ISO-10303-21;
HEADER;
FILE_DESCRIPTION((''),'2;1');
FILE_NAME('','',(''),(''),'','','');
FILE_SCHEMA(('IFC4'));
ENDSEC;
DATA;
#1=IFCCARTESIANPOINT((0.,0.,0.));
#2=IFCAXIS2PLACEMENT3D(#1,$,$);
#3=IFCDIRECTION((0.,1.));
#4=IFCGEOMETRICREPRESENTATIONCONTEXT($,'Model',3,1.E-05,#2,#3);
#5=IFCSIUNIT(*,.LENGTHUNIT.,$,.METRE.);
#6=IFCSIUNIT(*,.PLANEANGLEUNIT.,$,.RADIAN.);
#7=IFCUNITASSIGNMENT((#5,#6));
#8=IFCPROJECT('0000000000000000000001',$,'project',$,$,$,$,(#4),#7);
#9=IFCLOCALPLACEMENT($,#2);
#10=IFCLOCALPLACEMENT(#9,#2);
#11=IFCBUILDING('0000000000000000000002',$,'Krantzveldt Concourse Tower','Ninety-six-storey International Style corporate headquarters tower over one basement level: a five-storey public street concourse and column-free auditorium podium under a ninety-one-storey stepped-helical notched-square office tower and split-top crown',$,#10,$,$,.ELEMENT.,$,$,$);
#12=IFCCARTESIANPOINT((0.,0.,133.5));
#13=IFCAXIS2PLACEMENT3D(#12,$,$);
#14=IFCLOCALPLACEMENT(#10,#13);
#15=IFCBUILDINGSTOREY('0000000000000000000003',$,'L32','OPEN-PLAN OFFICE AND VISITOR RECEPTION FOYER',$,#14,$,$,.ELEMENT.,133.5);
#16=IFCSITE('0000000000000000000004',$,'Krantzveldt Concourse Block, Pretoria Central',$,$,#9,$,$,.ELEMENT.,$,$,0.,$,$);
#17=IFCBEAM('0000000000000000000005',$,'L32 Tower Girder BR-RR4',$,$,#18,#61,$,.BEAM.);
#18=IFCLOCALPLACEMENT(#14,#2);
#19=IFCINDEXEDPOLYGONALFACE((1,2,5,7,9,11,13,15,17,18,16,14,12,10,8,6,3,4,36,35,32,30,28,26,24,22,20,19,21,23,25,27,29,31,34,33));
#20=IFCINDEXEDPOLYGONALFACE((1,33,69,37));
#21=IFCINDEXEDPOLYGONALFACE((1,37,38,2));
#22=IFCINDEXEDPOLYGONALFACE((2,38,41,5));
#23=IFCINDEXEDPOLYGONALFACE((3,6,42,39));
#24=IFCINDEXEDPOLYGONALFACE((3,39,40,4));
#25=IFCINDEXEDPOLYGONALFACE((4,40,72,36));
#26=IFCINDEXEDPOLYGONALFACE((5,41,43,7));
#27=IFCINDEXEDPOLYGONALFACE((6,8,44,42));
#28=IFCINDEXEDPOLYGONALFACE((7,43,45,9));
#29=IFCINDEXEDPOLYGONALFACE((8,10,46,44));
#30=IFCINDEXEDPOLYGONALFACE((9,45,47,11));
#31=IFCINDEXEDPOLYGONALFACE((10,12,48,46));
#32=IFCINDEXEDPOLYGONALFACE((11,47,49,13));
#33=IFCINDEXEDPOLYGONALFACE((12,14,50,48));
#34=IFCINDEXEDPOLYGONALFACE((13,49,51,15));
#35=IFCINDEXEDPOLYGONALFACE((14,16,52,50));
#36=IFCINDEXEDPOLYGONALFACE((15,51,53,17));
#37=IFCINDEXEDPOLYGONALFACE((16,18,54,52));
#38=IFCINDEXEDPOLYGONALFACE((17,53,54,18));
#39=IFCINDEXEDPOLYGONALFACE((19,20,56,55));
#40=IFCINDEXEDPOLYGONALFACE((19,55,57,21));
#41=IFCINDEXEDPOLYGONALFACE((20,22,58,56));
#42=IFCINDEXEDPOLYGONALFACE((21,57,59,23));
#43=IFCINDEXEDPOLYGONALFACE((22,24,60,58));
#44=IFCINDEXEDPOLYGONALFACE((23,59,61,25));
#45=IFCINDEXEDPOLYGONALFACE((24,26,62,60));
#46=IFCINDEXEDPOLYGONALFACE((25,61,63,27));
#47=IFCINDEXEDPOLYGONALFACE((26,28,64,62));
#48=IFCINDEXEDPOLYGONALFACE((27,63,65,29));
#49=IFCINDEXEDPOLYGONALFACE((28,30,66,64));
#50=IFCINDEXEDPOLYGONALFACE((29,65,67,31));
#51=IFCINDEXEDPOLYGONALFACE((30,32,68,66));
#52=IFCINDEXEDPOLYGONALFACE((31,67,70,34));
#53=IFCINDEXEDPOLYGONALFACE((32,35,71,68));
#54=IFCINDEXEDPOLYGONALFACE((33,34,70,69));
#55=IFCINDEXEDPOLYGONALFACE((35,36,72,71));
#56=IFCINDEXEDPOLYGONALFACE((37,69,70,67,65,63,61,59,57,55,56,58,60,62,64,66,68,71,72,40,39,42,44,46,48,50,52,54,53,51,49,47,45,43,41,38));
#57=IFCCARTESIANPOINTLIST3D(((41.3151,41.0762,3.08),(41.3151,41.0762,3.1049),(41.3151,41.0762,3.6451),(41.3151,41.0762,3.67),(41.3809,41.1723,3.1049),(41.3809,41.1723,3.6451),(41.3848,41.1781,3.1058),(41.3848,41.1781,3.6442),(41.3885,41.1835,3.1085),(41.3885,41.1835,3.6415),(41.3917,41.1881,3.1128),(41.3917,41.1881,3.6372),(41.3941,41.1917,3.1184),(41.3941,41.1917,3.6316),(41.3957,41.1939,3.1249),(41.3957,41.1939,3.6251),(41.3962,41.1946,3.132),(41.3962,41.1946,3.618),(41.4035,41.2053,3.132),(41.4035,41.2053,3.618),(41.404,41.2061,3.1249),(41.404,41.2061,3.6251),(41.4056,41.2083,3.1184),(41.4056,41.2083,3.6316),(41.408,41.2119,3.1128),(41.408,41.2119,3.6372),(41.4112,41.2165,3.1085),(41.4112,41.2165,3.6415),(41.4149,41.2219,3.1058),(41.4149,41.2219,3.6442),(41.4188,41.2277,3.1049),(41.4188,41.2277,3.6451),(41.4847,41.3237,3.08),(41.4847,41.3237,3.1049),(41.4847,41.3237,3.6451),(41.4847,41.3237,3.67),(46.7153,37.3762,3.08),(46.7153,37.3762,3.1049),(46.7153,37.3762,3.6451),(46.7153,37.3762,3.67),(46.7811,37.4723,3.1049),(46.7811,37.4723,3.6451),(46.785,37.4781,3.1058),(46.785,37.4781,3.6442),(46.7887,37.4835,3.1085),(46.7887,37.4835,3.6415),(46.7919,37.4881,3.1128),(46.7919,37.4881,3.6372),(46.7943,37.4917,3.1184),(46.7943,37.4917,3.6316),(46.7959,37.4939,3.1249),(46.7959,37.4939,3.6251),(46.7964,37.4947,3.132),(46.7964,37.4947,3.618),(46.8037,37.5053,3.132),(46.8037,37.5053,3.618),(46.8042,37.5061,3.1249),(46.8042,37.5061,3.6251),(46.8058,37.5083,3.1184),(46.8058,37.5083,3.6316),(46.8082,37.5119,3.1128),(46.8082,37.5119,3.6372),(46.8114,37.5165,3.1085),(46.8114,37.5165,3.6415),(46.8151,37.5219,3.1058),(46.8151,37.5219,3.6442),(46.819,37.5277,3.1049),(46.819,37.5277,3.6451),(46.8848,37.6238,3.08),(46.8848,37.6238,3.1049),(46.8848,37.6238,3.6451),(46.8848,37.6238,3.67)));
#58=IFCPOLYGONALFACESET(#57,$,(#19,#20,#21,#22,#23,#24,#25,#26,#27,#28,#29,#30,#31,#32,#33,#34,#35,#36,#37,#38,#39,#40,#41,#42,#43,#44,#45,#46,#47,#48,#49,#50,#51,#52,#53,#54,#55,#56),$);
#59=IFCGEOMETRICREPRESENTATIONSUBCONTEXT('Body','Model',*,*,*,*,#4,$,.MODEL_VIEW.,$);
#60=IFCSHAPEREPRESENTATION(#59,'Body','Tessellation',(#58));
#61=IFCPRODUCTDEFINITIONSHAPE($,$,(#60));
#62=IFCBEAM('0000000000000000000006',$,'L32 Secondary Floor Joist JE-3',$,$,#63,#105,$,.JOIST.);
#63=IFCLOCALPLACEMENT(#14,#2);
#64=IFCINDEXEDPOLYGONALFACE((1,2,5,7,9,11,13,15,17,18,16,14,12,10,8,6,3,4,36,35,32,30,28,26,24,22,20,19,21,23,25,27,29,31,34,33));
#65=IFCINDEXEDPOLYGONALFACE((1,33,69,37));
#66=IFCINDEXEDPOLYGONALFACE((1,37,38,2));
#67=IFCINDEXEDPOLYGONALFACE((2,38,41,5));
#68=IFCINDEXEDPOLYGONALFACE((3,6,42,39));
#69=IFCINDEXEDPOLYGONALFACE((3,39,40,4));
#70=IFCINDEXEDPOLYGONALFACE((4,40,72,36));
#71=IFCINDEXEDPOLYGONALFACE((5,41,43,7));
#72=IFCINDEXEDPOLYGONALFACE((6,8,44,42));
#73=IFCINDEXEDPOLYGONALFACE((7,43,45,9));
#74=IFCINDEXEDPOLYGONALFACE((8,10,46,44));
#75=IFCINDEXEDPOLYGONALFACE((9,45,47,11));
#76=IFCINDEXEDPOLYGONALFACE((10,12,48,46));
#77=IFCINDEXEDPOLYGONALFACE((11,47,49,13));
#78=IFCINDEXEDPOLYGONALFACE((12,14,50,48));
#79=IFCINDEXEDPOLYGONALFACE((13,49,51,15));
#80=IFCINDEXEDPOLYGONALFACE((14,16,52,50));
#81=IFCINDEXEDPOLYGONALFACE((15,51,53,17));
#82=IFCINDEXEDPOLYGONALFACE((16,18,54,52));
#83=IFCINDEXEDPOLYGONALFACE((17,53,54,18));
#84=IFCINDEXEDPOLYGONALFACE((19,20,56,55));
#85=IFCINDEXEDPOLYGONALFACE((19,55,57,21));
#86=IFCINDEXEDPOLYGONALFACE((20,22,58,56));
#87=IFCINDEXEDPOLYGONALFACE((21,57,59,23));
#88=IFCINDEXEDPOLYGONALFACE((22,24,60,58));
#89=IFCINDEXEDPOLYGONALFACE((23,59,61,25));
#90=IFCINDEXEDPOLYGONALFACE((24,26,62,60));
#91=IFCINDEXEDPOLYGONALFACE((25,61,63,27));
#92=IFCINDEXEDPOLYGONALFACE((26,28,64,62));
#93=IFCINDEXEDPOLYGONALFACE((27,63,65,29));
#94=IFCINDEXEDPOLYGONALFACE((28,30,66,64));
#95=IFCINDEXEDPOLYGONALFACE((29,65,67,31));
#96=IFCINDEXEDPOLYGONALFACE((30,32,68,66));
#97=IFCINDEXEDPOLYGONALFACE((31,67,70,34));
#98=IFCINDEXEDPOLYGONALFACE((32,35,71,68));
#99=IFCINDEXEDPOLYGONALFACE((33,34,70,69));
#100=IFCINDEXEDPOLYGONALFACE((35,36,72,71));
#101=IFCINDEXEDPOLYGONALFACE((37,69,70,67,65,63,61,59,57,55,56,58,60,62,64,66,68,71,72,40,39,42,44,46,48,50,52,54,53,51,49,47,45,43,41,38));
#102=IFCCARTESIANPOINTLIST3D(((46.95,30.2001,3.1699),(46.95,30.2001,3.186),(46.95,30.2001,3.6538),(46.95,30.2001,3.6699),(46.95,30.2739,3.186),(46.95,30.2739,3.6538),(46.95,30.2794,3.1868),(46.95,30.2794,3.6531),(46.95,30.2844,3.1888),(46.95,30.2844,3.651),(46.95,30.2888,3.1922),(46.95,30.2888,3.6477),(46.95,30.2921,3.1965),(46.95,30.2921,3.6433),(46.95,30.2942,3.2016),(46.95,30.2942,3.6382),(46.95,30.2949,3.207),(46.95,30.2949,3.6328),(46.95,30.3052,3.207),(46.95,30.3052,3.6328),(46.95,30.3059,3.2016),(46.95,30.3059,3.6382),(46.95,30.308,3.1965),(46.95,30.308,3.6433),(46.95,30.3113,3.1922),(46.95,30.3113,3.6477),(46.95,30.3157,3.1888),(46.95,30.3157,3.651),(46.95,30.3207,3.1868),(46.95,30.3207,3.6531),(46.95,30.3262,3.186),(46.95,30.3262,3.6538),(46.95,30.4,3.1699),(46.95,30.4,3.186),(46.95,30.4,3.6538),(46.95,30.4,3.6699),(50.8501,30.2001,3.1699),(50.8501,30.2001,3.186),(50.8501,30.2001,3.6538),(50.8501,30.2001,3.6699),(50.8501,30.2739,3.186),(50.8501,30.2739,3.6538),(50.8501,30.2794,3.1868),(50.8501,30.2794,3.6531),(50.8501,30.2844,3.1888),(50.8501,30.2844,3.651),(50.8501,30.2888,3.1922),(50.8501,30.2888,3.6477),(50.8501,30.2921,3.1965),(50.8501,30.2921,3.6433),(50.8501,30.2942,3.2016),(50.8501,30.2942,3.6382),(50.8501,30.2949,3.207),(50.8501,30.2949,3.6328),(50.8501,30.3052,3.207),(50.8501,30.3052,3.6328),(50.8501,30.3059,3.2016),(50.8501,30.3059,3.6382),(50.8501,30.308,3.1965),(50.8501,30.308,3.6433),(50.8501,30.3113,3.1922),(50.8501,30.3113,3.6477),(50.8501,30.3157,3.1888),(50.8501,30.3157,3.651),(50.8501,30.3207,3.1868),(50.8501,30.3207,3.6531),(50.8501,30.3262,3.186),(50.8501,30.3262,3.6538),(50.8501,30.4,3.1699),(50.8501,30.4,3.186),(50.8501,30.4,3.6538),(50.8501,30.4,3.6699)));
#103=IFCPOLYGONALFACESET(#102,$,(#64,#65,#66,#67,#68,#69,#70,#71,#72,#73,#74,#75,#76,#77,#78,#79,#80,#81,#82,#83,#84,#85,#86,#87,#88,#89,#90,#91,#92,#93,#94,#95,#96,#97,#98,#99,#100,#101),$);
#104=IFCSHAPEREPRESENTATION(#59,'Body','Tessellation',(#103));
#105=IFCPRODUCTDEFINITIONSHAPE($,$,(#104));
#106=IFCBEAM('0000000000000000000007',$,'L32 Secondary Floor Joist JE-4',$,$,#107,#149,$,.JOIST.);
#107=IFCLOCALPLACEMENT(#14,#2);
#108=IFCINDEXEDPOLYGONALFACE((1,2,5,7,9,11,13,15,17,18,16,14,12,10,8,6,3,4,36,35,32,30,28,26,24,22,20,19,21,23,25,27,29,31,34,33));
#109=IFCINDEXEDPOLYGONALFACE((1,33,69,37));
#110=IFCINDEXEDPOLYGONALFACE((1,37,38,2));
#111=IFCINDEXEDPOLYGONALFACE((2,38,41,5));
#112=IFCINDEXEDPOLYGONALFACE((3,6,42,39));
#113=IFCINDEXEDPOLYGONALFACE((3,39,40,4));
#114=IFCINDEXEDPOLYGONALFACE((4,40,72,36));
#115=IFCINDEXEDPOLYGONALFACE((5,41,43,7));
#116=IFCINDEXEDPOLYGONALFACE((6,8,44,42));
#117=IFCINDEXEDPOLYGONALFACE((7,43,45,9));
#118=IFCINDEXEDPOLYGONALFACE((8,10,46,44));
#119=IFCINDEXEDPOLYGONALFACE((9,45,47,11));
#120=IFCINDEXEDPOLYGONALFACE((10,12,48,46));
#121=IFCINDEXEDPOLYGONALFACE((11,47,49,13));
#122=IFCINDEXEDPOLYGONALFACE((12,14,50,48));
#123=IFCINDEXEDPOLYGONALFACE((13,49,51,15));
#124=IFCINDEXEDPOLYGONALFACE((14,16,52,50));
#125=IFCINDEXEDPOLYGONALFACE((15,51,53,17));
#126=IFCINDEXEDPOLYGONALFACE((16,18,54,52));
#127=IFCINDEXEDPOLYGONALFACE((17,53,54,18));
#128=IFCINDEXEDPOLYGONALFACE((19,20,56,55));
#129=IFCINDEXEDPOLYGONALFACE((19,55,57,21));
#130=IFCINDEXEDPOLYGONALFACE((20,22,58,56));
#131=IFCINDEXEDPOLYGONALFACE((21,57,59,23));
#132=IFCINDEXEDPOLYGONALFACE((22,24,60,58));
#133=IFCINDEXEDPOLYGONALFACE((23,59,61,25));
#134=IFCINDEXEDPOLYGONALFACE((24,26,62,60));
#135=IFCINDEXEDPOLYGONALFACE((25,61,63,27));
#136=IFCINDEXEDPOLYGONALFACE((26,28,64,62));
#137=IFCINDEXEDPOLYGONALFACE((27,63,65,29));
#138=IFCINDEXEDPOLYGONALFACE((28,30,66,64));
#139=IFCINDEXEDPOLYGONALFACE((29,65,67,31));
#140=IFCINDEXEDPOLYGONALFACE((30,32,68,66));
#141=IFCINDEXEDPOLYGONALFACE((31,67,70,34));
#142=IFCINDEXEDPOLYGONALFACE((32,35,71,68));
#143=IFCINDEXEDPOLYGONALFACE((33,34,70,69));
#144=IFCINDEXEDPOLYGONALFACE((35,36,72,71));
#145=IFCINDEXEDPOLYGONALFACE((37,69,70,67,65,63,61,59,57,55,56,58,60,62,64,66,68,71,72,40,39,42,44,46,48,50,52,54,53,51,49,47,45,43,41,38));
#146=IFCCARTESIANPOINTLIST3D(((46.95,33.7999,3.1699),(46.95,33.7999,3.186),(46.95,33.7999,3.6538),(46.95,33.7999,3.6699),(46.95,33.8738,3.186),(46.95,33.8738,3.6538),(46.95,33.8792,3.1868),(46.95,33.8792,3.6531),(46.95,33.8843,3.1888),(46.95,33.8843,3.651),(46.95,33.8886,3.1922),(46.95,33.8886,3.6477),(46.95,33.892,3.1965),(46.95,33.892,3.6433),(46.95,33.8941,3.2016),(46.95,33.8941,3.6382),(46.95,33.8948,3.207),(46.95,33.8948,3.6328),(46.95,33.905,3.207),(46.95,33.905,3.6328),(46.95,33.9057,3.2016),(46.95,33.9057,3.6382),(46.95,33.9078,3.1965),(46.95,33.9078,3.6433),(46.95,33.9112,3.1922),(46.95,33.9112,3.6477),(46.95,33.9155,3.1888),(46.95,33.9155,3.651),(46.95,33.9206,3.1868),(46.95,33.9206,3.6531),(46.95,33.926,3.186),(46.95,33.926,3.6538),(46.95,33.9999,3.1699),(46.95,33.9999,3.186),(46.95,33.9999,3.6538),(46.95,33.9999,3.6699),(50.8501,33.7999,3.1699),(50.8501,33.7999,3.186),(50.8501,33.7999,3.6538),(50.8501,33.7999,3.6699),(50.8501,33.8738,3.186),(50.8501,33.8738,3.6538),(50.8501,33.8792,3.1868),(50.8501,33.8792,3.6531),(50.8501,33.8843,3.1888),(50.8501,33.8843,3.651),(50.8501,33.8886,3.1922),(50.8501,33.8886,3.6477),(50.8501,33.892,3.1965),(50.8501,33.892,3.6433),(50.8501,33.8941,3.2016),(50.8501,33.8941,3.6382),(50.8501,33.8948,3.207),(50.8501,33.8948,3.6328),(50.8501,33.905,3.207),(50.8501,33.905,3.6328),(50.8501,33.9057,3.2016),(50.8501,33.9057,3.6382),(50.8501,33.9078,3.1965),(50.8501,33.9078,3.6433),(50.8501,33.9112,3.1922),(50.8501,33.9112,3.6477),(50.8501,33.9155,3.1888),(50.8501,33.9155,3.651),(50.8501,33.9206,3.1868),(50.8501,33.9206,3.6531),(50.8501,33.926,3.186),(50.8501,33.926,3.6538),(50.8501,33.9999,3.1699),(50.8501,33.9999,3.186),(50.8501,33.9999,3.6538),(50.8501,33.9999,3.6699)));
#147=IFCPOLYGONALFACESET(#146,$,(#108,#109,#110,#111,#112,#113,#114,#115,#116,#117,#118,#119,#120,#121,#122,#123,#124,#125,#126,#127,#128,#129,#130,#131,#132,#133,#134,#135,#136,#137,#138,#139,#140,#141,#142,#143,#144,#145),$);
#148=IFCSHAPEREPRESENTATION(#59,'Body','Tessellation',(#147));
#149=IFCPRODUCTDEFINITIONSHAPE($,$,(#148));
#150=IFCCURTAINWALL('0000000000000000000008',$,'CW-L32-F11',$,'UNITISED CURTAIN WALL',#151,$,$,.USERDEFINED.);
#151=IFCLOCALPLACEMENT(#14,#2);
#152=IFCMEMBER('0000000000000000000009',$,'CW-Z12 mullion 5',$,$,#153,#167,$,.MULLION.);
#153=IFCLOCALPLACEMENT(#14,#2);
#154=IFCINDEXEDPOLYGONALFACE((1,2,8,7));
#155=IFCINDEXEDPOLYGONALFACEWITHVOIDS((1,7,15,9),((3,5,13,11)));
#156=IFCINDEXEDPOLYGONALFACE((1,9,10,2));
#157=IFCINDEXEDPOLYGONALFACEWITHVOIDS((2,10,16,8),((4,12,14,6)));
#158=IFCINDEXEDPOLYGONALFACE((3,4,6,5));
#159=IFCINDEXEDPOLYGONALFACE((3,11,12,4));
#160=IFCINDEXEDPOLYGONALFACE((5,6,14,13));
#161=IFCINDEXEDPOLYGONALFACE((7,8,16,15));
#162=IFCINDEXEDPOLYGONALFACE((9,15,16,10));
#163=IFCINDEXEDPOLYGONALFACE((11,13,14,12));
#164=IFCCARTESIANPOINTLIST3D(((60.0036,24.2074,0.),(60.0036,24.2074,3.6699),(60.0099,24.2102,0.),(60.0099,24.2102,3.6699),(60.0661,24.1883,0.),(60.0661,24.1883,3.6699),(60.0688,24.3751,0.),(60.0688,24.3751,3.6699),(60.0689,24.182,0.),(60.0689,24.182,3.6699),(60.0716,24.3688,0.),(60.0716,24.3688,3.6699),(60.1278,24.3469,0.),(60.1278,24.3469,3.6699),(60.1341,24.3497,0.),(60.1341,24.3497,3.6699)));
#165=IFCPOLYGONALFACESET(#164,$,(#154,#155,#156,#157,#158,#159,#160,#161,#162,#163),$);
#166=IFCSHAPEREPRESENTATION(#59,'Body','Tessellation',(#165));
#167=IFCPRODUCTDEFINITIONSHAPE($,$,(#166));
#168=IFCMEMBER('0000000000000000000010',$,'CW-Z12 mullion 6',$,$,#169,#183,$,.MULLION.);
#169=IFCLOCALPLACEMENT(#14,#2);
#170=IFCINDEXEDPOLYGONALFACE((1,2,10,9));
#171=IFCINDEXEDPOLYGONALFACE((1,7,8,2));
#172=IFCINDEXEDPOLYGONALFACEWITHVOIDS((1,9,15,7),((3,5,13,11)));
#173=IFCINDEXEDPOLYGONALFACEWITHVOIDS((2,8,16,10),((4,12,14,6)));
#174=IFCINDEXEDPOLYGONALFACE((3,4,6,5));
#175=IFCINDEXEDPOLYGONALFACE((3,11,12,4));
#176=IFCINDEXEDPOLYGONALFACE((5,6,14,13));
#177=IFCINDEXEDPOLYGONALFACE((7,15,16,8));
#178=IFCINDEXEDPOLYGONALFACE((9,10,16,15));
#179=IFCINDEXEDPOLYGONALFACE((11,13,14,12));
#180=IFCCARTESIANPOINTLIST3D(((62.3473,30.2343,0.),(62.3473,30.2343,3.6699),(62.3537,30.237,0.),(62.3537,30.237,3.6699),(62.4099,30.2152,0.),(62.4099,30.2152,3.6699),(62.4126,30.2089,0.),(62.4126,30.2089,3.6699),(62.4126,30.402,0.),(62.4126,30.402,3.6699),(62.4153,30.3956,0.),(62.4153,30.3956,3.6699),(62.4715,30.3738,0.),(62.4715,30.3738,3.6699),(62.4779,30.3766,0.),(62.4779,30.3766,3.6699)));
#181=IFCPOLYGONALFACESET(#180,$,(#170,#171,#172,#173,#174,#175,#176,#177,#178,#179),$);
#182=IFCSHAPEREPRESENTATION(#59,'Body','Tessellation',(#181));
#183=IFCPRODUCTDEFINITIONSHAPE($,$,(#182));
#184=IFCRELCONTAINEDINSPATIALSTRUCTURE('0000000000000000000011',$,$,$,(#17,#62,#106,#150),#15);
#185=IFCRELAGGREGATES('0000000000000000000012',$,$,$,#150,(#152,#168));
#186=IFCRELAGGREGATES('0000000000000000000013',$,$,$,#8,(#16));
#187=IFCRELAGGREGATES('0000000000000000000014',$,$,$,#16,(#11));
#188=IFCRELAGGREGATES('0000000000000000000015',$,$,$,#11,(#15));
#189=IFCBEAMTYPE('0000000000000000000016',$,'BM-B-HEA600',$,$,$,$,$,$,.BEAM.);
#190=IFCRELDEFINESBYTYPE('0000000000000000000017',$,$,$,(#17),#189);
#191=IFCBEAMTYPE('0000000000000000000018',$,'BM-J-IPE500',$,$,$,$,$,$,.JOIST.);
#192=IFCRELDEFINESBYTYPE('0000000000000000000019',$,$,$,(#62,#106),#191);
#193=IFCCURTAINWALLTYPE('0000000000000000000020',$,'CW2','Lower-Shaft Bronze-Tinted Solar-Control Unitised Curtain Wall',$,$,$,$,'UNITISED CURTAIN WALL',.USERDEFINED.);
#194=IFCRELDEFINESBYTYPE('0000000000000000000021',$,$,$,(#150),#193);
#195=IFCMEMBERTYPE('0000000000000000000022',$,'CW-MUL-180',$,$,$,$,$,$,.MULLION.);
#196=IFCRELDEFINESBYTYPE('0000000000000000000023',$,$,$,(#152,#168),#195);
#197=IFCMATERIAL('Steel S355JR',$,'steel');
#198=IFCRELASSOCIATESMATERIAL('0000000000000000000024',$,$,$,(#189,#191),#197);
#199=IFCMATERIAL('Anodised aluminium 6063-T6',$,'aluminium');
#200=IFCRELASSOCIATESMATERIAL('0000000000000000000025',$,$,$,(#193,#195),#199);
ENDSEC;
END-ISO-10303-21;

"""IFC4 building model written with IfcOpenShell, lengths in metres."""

from ifc_helpers import new_model, si_unit, direction, frame, origin, origin_2d, place, context, subcontext, project, spatial, hollow_rectangle, i_section, extrude, source, transform, mapped, material, material_profile, profile_set, type_object, type_shapes, element, aggregate, save


model = new_model("IFC4")

# Units and contexts
model_context = context("Model", 3, precision=1e-05, world=origin(), true_north=direction((0.0, 1.0)))
body_context = subcontext(model_context, "Body", "Model", "MODEL_VIEW")
ifc_project = project(units=[si_unit("LENGTHUNIT", "METRE"), si_unit("PLANEANGLEUNIT", "RADIAN")], contexts=[model_context])

# Site, building, storey
site_placement = place(None, origin())
site = spatial("IfcSite", under=ifc_project, at=site_placement, Name="Krantzveldt Concourse Block, Pretoria Central", CompositionType="ELEMENT", RefElevation=0.0)
building_placement = place(site_placement, origin())
building = spatial("IfcBuilding", under=site, at=building_placement, Name="Krantzveldt Concourse Tower", Description="Ninety-six-storey International Style corporate headquarters tower over one basement level: a five-storey public street concourse and column-free auditorium podium under a ninety-one-storey stepped-helical notched-square office tower and split-top crown", CompositionType="ELEMENT")
storey_placement = place(building_placement, frame((0.0, 0.0, 133.5)))
storey = spatial("IfcBuildingStorey", under=building, at=storey_placement, Name="L32", Description="OPEN-PLAN OFFICE AND VISITOR RECEPTION FOYER", CompositionType="ELEMENT", Elevation=133.5)

# Beams
ifc_material_1 = material(Name="Steel S355JR", Category="steel")
ifc_material_profile_1 = material_profile(ifc_material_1, i_section(OverallWidth=0.3, OverallDepth=0.5901, WebThickness=0.0129, FlangeThickness=0.0249, FilletRadius=0.0271, at=origin_2d()), Name="Steel S355JR", Category="steel")
ifc_profile_set_1 = profile_set([ifc_material_profile_1], Name="Steel S355JR - HEA 600")
beam_type_1 = type_object("IfcBeamType", Name="BM-B-HEA600", PredefinedType="BEAM", material=ifc_profile_set_1)
shared_shape_1 = source(origin(), body_context, "Body", "SweptSolid", [
    extrude(i_section(OverallWidth=0.3, OverallDepth=0.5901, WebThickness=0.0129, FlangeThickness=0.0249, FilletRadius=0.0271, at=origin_2d()), origin(), (0.0, 0.0, 1.0), 6.5461),
])
beam_1_placement = place(storey_placement, frame((46.8, 37.5, 3.375), z_axis=(-0.824943, 0.565216, 0.0), x_axis=(-0.565216, -0.824943, 0.0)))
element("IfcBeam", 1, at=beam_1_placement, inside=storey, type_object=beam_type_1, Name="L32 Tower Girder BR-RR4", PredefinedType="BEAM", context=body_context, shape_type="MappedRepresentation", body=[
    mapped(shared_shape_1, transform((0.0, 0.0, 0.0), x_axis=(1.0, 0.0, 0.0), y_axis=(0.0, 1.0, 0.0), z_axis=(0.0, 0.0, 1.0), scale=1.0)),
])
ifc_material_profile_2 = material_profile(ifc_material_1, i_section(OverallWidth=0.2, OverallDepth=0.5, WebThickness=0.0103, FlangeThickness=0.0161, FilletRadius=0.021, at=origin_2d()), Name="Steel S355JR", Category="steel")
ifc_profile_set_2 = profile_set([ifc_material_profile_2], Name="Steel S355JR - IPE 500")
beam_type_2 = type_object("IfcBeamType", Name="BM-J-IPE500", PredefinedType="JOIST", material=ifc_profile_set_2)
shared_shape_2 = source(origin(), body_context, "Body", "SweptSolid", [
    extrude(i_section(OverallWidth=0.2, OverallDepth=0.5, WebThickness=0.0103, FlangeThickness=0.0161, FilletRadius=0.021, at=origin_2d()), origin(), (0.0, 0.0, 1.0), 3.9001),
])
type_shapes(beam_type_2, [shared_shape_2])
for number, where, z_axis, x_axis, name in (
    (2, (46.95, 30.3, 3.4199), (1.0, 0.0, 0.0), (0.0, 1.0, 0.0), "L32 Secondary Floor Joist JE-3"),
    (3, (46.95, 33.8999, 3.4199), (1.0, 0.0, 0.0), (0.0, 1.0, 0.0), "L32 Secondary Floor Joist JE-4"),
):
    element("IfcBeam", number, at=place(storey_placement, frame(where, z_axis=z_axis, x_axis=x_axis)), inside=storey, type_object=beam_type_2, Name=name, PredefinedType="JOIST", context=body_context, shape_type="MappedRepresentation", body=[
        mapped(shared_shape_2, transform((0.0, 0.0, 0.0), x_axis=(1.0, 0.0, 0.0), y_axis=(0.0, 1.0, 0.0), z_axis=(0.0, 0.0, 1.0), scale=1.0)),
    ])

# Curtain wall, members
ifc_material_2 = material(Name="Anodised aluminium 6063-T6", Category="aluminium")
curtain_wall_type = type_object("IfcCurtainWallType", Name="CW2", Description="Lower-Shaft Bronze-Tinted Solar-Control Unitised Curtain Wall", ElementType="UNITISED CURTAIN WALL", PredefinedType="USERDEFINED", material=ifc_material_2)
curtain_wall_1_placement = place(storey_placement, origin())
curtain_wall_1 = element("IfcCurtainWall", 4, at=curtain_wall_1_placement, inside=storey, type_object=curtain_wall_type, Name="CW-L32-F11", ObjectType="UNITISED CURTAIN WALL", PredefinedType="USERDEFINED")
ifc_material_profile_3 = material_profile(ifc_material_2, hollow_rectangle(XDim=0.0701, YDim=0.1799, WallThickness=0.0049, at=origin_2d()), Name="Anodised aluminium 6063-T6", Category="aluminium")
ifc_profile_set_3 = profile_set([ifc_material_profile_3], Name="Anodised aluminium 6063-T6 - ALU-MULL 180x70x5")
member_type_1 = type_object("IfcMemberType", Name="CW-MUL-180", PredefinedType="MULLION", material=ifc_profile_set_3)
shared_shape_3 = source(origin(), body_context, "Body", "SweptSolid", [
    extrude(hollow_rectangle(XDim=0.0701, YDim=0.1799, WallThickness=0.0049, at=origin_2d()), origin(), (0.0, 0.0, 1.0), 3.6699),
])
type_shapes(member_type_1, [shared_shape_3])
member_1_placement = place(storey_placement, frame((60.0688, 24.2786, 0.0), z_axis=(0.0, 0.0, 1.0), x_axis=(-0.932008, 0.362438, 0.0)))
member_1 = element("IfcMember", 5, at=member_1_placement, type_object=member_type_1, Name="CW-Z12 mullion 5", PredefinedType="MULLION", context=body_context, shape_type="MappedRepresentation", body=[
    mapped(shared_shape_3, transform((0.0, 0.0, 0.0), x_axis=(1.0, 0.0, 0.0), y_axis=(0.0, 1.0, 0.0), z_axis=(0.0, 0.0, 1.0), scale=1.0)),
])
member_2_placement = place(storey_placement, frame((62.4126, 30.3054, 0.0), z_axis=(0.0, 0.0, 1.0), x_axis=(-0.932008, 0.362438, 0.0)))
member_2 = element("IfcMember", 6, at=member_2_placement, type_object=member_type_1, Name="CW-Z12 mullion 6", PredefinedType="MULLION", context=body_context, shape_type="MappedRepresentation", body=[
    mapped(shared_shape_3, transform((0.0, 0.0, 0.0), x_axis=(1.0, 0.0, 0.0), y_axis=(0.0, 1.0, 0.0), z_axis=(0.0, 0.0, 1.0), scale=1.0)),
])

aggregate(curtain_wall_1, [member_1, member_2])

save(model, "model.ifc")
